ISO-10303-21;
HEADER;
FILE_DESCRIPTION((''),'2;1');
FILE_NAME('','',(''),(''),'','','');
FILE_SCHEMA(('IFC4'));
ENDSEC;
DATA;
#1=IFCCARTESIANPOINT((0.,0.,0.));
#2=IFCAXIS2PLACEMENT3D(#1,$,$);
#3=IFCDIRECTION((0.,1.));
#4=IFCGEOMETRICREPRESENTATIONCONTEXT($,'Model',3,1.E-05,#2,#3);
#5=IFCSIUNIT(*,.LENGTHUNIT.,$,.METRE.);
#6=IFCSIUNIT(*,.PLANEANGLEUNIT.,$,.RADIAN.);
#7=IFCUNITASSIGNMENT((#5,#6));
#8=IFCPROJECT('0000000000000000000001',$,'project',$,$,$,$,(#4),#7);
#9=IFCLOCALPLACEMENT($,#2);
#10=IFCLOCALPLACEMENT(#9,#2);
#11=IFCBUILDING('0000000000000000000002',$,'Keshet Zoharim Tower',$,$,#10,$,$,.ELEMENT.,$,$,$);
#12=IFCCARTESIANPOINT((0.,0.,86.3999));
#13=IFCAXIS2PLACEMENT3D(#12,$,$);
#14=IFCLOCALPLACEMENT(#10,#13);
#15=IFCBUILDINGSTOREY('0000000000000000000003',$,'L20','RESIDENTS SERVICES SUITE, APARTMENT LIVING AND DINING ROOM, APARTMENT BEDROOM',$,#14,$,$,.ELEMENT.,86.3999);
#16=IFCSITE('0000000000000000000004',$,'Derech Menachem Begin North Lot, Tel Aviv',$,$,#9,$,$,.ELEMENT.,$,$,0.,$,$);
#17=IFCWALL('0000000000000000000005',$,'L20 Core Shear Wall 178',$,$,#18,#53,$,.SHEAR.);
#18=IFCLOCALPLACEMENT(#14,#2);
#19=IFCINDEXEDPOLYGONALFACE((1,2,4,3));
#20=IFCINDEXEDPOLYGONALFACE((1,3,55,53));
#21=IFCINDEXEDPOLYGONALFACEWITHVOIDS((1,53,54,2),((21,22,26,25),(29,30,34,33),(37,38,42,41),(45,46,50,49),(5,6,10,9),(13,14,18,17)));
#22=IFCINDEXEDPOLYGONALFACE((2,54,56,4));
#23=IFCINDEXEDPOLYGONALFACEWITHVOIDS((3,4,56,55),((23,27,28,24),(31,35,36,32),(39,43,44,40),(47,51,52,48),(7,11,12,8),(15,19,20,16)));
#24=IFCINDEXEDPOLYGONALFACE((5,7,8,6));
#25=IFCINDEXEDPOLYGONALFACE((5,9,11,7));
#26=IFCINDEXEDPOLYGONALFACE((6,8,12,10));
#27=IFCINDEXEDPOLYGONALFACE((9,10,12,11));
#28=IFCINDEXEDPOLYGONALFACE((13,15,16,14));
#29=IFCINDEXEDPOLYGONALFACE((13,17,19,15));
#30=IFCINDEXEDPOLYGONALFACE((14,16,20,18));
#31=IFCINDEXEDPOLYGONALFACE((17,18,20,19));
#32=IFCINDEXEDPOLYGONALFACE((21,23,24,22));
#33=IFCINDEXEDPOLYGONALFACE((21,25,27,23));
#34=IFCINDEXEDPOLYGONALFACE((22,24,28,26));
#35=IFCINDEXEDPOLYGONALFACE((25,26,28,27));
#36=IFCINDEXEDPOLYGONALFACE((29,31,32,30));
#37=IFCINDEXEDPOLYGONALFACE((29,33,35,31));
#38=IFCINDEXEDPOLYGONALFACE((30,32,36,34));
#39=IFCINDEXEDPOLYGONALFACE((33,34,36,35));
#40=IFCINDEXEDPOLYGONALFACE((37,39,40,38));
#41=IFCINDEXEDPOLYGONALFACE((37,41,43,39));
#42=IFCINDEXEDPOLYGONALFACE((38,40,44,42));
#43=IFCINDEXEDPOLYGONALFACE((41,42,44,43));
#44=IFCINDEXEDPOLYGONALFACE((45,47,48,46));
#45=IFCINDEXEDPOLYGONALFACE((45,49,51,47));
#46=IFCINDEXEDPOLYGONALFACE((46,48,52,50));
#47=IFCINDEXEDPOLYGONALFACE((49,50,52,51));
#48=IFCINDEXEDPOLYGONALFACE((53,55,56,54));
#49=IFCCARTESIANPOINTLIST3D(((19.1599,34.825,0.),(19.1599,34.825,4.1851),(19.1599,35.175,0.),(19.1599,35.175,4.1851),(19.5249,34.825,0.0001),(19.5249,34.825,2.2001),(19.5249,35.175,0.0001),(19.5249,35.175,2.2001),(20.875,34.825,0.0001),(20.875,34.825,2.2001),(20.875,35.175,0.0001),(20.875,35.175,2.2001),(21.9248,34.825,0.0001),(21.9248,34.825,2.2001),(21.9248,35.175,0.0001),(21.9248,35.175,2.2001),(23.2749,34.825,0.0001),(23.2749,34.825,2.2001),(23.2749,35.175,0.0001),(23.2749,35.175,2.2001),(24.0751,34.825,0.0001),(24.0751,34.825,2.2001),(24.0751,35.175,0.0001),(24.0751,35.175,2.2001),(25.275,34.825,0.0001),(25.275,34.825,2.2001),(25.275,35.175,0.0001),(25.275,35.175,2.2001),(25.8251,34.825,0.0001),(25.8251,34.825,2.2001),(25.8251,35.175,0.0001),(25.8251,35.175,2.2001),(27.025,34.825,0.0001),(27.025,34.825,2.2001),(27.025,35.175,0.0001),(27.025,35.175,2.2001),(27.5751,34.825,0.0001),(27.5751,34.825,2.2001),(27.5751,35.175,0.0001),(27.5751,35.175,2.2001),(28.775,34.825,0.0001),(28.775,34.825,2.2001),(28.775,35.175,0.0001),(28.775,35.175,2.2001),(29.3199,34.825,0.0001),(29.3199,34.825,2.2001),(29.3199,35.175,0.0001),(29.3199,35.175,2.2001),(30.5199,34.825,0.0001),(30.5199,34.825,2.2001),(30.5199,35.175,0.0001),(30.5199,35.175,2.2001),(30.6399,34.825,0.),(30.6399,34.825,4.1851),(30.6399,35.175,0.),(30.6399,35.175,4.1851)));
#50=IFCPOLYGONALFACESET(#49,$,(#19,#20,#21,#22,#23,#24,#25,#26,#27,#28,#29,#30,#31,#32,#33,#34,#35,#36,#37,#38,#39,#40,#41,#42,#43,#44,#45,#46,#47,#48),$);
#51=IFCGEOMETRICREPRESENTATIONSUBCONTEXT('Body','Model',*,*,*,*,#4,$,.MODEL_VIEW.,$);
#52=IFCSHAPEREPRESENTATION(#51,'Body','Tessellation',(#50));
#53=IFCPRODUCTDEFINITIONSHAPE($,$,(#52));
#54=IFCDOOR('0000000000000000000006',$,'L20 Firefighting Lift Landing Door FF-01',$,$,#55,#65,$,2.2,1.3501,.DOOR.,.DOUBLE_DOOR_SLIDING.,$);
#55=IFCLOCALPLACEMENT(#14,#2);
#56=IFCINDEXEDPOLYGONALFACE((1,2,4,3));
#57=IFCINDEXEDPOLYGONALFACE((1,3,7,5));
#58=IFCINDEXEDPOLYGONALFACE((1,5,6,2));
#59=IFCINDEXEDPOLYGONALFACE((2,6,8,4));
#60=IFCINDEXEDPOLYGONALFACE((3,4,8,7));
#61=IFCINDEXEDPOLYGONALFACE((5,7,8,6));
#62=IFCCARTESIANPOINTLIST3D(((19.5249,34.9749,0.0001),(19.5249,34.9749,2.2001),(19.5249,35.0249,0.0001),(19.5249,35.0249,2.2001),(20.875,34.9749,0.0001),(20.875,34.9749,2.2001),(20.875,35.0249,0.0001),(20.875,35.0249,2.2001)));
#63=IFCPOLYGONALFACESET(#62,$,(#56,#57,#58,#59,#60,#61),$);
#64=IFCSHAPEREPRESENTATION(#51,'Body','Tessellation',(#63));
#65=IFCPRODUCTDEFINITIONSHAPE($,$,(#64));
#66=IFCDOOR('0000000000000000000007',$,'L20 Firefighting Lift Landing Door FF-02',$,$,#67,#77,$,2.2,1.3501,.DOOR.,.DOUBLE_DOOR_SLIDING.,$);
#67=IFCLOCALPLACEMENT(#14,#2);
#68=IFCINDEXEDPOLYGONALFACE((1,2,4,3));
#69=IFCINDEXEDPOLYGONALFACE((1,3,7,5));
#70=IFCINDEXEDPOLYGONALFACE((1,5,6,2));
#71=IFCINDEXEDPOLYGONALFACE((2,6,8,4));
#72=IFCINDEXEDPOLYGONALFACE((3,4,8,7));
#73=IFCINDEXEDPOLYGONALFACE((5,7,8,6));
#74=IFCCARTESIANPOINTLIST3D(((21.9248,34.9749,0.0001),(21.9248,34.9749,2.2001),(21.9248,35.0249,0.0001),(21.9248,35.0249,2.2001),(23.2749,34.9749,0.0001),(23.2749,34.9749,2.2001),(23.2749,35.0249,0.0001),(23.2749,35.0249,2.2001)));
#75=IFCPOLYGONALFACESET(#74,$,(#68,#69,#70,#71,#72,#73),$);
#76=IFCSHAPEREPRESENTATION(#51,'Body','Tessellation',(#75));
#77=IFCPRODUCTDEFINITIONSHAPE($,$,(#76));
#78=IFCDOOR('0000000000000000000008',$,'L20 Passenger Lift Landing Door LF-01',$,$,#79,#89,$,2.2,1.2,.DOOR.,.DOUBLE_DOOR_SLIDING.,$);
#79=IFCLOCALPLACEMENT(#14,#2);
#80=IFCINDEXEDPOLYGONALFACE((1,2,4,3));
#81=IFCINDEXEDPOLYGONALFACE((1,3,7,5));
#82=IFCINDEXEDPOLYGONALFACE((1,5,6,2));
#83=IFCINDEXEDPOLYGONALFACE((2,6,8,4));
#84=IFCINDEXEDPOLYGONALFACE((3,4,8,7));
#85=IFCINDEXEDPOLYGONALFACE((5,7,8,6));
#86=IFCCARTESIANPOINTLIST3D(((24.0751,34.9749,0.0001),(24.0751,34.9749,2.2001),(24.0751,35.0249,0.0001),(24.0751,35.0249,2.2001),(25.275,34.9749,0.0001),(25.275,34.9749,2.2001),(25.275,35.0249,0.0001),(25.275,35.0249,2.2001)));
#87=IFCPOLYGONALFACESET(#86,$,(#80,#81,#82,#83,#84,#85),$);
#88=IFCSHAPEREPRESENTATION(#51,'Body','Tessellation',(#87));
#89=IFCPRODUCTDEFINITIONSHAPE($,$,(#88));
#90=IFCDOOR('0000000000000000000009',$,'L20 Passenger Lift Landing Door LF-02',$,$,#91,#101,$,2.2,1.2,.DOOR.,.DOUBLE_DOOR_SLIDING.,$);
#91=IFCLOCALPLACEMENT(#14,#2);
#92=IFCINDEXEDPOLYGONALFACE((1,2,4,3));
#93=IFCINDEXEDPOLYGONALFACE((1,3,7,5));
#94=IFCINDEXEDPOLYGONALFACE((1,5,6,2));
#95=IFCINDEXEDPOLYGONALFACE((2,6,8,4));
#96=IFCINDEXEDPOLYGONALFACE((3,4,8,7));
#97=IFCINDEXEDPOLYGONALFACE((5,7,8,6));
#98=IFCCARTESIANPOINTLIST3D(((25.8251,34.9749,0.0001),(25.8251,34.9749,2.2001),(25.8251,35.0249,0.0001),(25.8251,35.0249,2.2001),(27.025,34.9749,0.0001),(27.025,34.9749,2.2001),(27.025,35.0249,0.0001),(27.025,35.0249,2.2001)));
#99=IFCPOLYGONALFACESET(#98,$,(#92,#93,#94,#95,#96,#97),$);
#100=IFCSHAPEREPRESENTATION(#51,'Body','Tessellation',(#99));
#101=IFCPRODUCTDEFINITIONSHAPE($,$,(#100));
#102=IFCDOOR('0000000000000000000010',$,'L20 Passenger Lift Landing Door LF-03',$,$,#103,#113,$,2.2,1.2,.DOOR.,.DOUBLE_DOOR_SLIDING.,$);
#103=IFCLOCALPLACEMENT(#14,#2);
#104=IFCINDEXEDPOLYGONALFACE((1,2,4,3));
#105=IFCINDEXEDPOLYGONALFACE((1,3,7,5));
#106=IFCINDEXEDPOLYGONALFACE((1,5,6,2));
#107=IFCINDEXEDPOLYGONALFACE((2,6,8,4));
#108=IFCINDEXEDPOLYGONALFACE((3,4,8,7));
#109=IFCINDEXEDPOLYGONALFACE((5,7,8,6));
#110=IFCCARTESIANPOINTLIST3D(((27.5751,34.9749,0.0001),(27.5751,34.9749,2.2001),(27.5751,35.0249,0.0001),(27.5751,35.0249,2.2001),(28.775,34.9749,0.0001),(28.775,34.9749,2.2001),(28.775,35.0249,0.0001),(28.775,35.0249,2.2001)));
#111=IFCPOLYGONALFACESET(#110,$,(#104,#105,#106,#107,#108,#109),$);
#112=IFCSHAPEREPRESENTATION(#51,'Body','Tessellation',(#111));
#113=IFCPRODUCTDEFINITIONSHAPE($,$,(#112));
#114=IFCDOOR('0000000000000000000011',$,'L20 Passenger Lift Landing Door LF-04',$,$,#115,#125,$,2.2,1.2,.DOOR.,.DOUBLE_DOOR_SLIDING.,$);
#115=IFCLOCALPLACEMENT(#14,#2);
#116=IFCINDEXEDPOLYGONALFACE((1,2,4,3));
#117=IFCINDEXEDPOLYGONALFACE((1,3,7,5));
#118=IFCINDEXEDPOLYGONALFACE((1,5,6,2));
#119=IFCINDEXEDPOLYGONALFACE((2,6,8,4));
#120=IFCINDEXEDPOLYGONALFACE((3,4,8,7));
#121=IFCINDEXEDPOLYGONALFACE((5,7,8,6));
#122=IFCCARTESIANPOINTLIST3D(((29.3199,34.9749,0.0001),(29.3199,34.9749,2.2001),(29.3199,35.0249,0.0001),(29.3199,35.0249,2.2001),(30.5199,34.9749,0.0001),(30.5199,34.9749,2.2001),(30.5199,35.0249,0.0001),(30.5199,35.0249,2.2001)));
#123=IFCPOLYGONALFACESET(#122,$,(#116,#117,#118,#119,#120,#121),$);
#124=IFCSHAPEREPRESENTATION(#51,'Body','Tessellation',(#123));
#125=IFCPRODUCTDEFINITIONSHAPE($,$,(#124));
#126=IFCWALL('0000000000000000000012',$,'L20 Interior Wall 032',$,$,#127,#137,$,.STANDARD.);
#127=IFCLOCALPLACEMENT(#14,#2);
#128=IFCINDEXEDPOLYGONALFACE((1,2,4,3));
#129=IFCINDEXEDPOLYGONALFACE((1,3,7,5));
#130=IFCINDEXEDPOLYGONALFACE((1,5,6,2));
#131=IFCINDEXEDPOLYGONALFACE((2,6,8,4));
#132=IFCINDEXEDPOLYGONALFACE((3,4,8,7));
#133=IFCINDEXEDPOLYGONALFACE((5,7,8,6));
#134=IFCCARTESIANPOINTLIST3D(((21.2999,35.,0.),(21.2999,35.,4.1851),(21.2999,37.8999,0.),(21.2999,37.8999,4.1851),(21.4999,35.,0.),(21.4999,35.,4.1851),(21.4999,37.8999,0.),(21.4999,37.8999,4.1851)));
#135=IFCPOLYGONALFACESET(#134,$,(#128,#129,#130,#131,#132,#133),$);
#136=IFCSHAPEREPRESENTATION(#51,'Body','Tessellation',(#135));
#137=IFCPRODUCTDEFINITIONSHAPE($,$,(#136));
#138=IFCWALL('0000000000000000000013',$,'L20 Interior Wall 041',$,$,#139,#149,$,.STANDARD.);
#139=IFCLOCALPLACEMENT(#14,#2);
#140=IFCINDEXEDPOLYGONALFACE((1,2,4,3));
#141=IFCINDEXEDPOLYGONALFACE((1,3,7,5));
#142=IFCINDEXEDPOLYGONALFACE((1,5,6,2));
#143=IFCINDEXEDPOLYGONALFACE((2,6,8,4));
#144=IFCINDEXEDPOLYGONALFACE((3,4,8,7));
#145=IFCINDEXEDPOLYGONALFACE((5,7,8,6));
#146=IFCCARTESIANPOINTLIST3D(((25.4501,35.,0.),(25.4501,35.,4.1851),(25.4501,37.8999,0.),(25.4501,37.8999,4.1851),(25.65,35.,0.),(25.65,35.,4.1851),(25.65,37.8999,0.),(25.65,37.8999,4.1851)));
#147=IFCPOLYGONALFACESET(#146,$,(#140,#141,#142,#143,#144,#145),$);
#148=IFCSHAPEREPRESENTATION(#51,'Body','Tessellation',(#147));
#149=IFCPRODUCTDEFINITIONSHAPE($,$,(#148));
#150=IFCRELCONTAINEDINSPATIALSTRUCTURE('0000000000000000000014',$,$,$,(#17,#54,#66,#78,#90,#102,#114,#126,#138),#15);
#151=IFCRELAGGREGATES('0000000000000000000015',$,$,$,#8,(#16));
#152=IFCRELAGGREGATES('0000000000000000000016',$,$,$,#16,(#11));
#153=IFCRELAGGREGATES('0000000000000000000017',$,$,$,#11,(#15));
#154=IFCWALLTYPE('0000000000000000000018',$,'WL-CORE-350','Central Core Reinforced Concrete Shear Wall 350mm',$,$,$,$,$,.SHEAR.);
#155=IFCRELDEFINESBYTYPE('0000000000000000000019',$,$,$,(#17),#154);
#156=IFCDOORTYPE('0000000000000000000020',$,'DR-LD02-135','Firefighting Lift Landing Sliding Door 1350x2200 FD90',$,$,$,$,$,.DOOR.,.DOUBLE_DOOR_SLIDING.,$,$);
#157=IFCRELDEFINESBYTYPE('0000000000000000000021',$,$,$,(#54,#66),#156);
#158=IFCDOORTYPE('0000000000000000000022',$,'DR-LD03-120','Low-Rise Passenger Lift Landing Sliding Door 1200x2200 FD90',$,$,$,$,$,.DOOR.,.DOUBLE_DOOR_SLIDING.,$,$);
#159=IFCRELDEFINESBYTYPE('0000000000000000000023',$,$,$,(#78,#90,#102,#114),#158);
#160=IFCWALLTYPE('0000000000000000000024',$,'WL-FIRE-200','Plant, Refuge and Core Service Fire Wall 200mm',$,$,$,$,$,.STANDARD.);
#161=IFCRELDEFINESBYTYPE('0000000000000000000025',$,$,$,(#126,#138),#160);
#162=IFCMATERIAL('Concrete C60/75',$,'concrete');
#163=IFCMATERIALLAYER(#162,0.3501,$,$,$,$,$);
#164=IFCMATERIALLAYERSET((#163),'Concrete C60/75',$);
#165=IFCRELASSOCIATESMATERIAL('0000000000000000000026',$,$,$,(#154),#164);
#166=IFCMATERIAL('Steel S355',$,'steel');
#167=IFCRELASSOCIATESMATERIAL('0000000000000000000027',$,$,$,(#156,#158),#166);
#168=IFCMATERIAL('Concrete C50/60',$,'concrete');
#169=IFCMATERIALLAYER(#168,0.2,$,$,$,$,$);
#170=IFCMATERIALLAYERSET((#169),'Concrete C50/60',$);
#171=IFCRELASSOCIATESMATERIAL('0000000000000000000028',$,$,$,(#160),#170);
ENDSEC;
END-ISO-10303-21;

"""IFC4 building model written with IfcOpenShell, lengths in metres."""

from ifc_helpers import new_model, si_unit, direction, frame, frame_2d, origin, place, context, subcontext, project, spatial, rectangle, extrude, material, layer, layer_set, type_object, element, fill, save


model = new_model("IFC4")

# Units and contexts
model_context = context("Model", 3, precision=1e-05, world=origin(), true_north=direction((0.0, 1.0)))
body_context = subcontext(model_context, "Body", "Model", "MODEL_VIEW")
ifc_project = project(units=[si_unit("LENGTHUNIT", "METRE"), si_unit("PLANEANGLEUNIT", "RADIAN")], contexts=[model_context])

# Site, building, storey
site_placement = place(None, origin())
site = spatial("IfcSite", under=ifc_project, at=site_placement, Name="Derech Menachem Begin North Lot, Tel Aviv", CompositionType="ELEMENT", RefElevation=0.0)
building_placement = place(site_placement, origin())
building = spatial("IfcBuilding", under=site, at=building_placement, Name="Keshet Zoharim Tower", CompositionType="ELEMENT")
storey_placement = place(building_placement, frame((0.0, 0.0, 86.3999)))
storey = spatial("IfcBuildingStorey", under=building, at=storey_placement, Name="L20", Description="RESIDENTS SERVICES SUITE, APARTMENT LIVING AND DINING ROOM, APARTMENT BEDROOM", CompositionType="ELEMENT", Elevation=86.3999)

# Shared definitions
ifc_material_1 = material(Name="Concrete C60/75", Category="concrete")
ifc_layer_1 = layer(ifc_material_1, 0.3501)
ifc_layer_set_1 = layer_set([ifc_layer_1], Name="Concrete C60/75")
wall_type_1 = type_object("IfcWallType", Name="WL-CORE-350", Description="Central Core Reinforced Concrete Shear Wall 350mm", PredefinedType="SHEAR", material=ifc_layer_set_1)

# Wall, openings, doors
wall_1_placement = place(storey_placement, frame((19.1599, 35.0, 0.0), z_axis=(0.0, 0.0, 1.0), x_axis=(1.0, 0.0, 0.0)))
wall_1 = element("IfcWall", 1, at=wall_1_placement, inside=storey, type_object=wall_type_1, Name="L20 Core Shear Wall 178", PredefinedType="SHEAR", context=body_context, shape_type="SweptSolid", body=[
    extrude(rectangle(XDim=11.48, YDim=0.3501, at=frame_2d((5.74, 0.0))), origin(), (0.0, 0.0, 1.0), 4.1851),
])
opening_1_placement = place(wall_1_placement, frame((0.365, 0.0, 0.0)))
opening_1 = element("IfcOpeningElement", 2, at=opening_1_placement, cuts=wall_1, PredefinedType="OPENING", context=body_context, shape_type="SweptSolid", body=[
    extrude(rectangle(XDim=1.3501, YDim=2.2, at=frame_2d((0.675, 1.1001))), frame((0.0, 0.1851, 0.0), z_axis=(0.0, -1.0, 0.0), x_axis=(1.0, 0.0, 0.0)), (0.0, 0.0, 1.0), 0.3701),
])
opening_2_placement = place(wall_1_placement, frame((2.7649, 0.0, 0.0)))
opening_2 = element("IfcOpeningElement", 3, at=opening_2_placement, cuts=wall_1, PredefinedType="OPENING", context=body_context, shape_type="SweptSolid", body=[
    extrude(rectangle(XDim=1.3501, YDim=2.2, at=frame_2d((0.675, 1.1001))), frame((0.0, 0.1851, 0.0), z_axis=(0.0, -1.0, 0.0), x_axis=(1.0, 0.0, 0.0)), (0.0, 0.0, 1.0), 0.3701),
])
opening_3_placement = place(wall_1_placement, frame((4.915, 0.0, 0.0)))
opening_3 = element("IfcOpeningElement", 4, at=opening_3_placement, cuts=wall_1, PredefinedType="OPENING", context=body_context, shape_type="SweptSolid", body=[
    extrude(rectangle(XDim=1.2, YDim=2.2, at=frame_2d((0.6001, 1.1001))), frame((0.0, 0.1851, 0.0), z_axis=(0.0, -1.0, 0.0), x_axis=(1.0, 0.0, 0.0)), (0.0, 0.0, 1.0), 0.3701),
])
opening_4_placement = place(wall_1_placement, frame((6.665, 0.0, 0.0)))
opening_4 = element("IfcOpeningElement", 5, at=opening_4_placement, cuts=wall_1, PredefinedType="OPENING", context=body_context, shape_type="SweptSolid", body=[
    extrude(rectangle(XDim=1.2, YDim=2.2, at=frame_2d((0.6001, 1.1001))), frame((0.0, 0.1851, 0.0), z_axis=(0.0, -1.0, 0.0), x_axis=(1.0, 0.0, 0.0)), (0.0, 0.0, 1.0), 0.3701),
])
opening_5_placement = place(wall_1_placement, frame((8.415, 0.0, 0.0)))
opening_5 = element("IfcOpeningElement", 6, at=opening_5_placement, cuts=wall_1, PredefinedType="OPENING", context=body_context, shape_type="SweptSolid", body=[
    extrude(rectangle(XDim=1.2, YDim=2.2, at=frame_2d((0.6001, 1.1001))), frame((0.0, 0.1851, 0.0), z_axis=(0.0, -1.0, 0.0), x_axis=(1.0, 0.0, 0.0)), (0.0, 0.0, 1.0), 0.3701),
])
opening_6_placement = place(wall_1_placement, frame((10.1599, 0.0, 0.0)))
opening_6 = element("IfcOpeningElement", 7, at=opening_6_placement, cuts=wall_1, PredefinedType="OPENING", context=body_context, shape_type="SweptSolid", body=[
    extrude(rectangle(XDim=1.2, YDim=2.2, at=frame_2d((0.6001, 1.1001))), frame((0.0, 0.1851, 0.0), z_axis=(0.0, -1.0, 0.0), x_axis=(1.0, 0.0, 0.0)), (0.0, 0.0, 1.0), 0.3701),
])
ifc_material_2 = material(Name="Steel S355", Category="steel")
door_type_1 = type_object("IfcDoorType", Name="DR-LD02-135", Description="Firefighting Lift Landing Sliding Door 1350x2200 FD90", OperationType="DOUBLE_DOOR_SLIDING", PredefinedType="DOOR", material=ifc_material_2)
door_1_placement = place(opening_1_placement, origin())
door_1 = element("IfcDoor", 8, at=door_1_placement, inside=storey, type_object=door_type_1, Name="L20 Firefighting Lift Landing Door FF-01", OperationType="DOUBLE_DOOR_SLIDING", OverallHeight=2.2, OverallWidth=1.3501, PredefinedType="DOOR", context=body_context, shape_type="SweptSolid", body=[
    extrude(rectangle(XDim=1.3501, YDim=2.2, at=frame_2d((0.675, 1.1001))), frame((0.0, 0.0249, 0.0), z_axis=(0.0, -1.0, 0.0), x_axis=(1.0, 0.0, 0.0)), (0.0, 0.0, 1.0), 0.05),
])
fill(opening_1, door_1)
door_2_placement = place(opening_2_placement, origin())
door_2 = element("IfcDoor", 9, at=door_2_placement, inside=storey, type_object=door_type_1, Name="L20 Firefighting Lift Landing Door FF-02", OperationType="DOUBLE_DOOR_SLIDING", OverallHeight=2.2, OverallWidth=1.3501, PredefinedType="DOOR", context=body_context, shape_type="SweptSolid", body=[
    extrude(rectangle(XDim=1.3501, YDim=2.2, at=frame_2d((0.675, 1.1001))), frame((0.0, 0.0249, 0.0), z_axis=(0.0, -1.0, 0.0), x_axis=(1.0, 0.0, 0.0)), (0.0, 0.0, 1.0), 0.05),
])
fill(opening_2, door_2)
door_type_2 = type_object("IfcDoorType", Name="DR-LD03-120", Description="Low-Rise Passenger Lift Landing Sliding Door 1200x2200 FD90", OperationType="DOUBLE_DOOR_SLIDING", PredefinedType="DOOR", material=ifc_material_2)
door_3_placement = place(opening_3_placement, origin())
door_3 = element("IfcDoor", 10, at=door_3_placement, inside=storey, type_object=door_type_2, Name="L20 Passenger Lift Landing Door LF-01", OperationType="DOUBLE_DOOR_SLIDING", OverallHeight=2.2, OverallWidth=1.2, PredefinedType="DOOR", context=body_context, shape_type="SweptSolid", body=[
    extrude(rectangle(XDim=1.2, YDim=2.2, at=frame_2d((0.6001, 1.1001))), frame((0.0, 0.0249, 0.0), z_axis=(0.0, -1.0, 0.0), x_axis=(1.0, 0.0, 0.0)), (0.0, 0.0, 1.0), 0.05),
])
fill(opening_3, door_3)
door_4_placement = place(opening_4_placement, origin())
door_4 = element("IfcDoor", 11, at=door_4_placement, inside=storey, type_object=door_type_2, Name="L20 Passenger Lift Landing Door LF-02", OperationType="DOUBLE_DOOR_SLIDING", OverallHeight=2.2, OverallWidth=1.2, PredefinedType="DOOR", context=body_context, shape_type="SweptSolid", body=[
    extrude(rectangle(XDim=1.2, YDim=2.2, at=frame_2d((0.6001, 1.1001))), frame((0.0, 0.0249, 0.0), z_axis=(0.0, -1.0, 0.0), x_axis=(1.0, 0.0, 0.0)), (0.0, 0.0, 1.0), 0.05),
])
fill(opening_4, door_4)
door_5_placement = place(opening_5_placement, origin())
door_5 = element("IfcDoor", 12, at=door_5_placement, inside=storey, type_object=door_type_2, Name="L20 Passenger Lift Landing Door LF-03", OperationType="DOUBLE_DOOR_SLIDING", OverallHeight=2.2, OverallWidth=1.2, PredefinedType="DOOR", context=body_context, shape_type="SweptSolid", body=[
    extrude(rectangle(XDim=1.2, YDim=2.2, at=frame_2d((0.6001, 1.1001))), frame((0.0, 0.0249, 0.0), z_axis=(0.0, -1.0, 0.0), x_axis=(1.0, 0.0, 0.0)), (0.0, 0.0, 1.0), 0.05),
])
fill(opening_5, door_5)
door_6_placement = place(opening_6_placement, origin())
door_6 = element("IfcDoor", 13, at=door_6_placement, inside=storey, type_object=door_type_2, Name="L20 Passenger Lift Landing Door LF-04", OperationType="DOUBLE_DOOR_SLIDING", OverallHeight=2.2, OverallWidth=1.2, PredefinedType="DOOR", context=body_context, shape_type="SweptSolid", body=[
    extrude(rectangle(XDim=1.2, YDim=2.2, at=frame_2d((0.6001, 1.1001))), frame((0.0, 0.0249, 0.0), z_axis=(0.0, -1.0, 0.0), x_axis=(1.0, 0.0, 0.0)), (0.0, 0.0, 1.0), 0.05),
])
fill(opening_6, door_6)

# Walls
ifc_material_3 = material(Name="Concrete C50/60", Category="concrete")
ifc_layer_2 = layer(ifc_material_3, 0.2)
ifc_layer_set_2 = layer_set([ifc_layer_2], Name="Concrete C50/60")
wall_type_2 = type_object("IfcWallType", Name="WL-FIRE-200", Description="Plant, Refuge and Core Service Fire Wall 200mm", PredefinedType="STANDARD", material=ifc_layer_set_2)
for number, where, z_axis, x_axis, name in (
    (14, (21.3999, 35.0, 0.0), (0.0, 0.0, 1.0), (0.0, 1.0, 0.0), "L20 Interior Wall 032"),
    (15, (25.55, 35.0, 0.0), (0.0, 0.0, 1.0), (0.0, 1.0, 0.0), "L20 Interior Wall 041"),
):
    element("IfcWall", number, at=place(storey_placement, frame(where, z_axis=z_axis, x_axis=x_axis)), inside=storey, type_object=wall_type_2, Name=name, PredefinedType="STANDARD", context=body_context, shape_type="SweptSolid", body=[
        extrude(rectangle(XDim=2.8999, YDim=0.2, at=frame_2d((1.45, 0.0))), origin(), (0.0, 0.0, 1.0), 4.1851),
    ])

save(model, "model.ifc")
